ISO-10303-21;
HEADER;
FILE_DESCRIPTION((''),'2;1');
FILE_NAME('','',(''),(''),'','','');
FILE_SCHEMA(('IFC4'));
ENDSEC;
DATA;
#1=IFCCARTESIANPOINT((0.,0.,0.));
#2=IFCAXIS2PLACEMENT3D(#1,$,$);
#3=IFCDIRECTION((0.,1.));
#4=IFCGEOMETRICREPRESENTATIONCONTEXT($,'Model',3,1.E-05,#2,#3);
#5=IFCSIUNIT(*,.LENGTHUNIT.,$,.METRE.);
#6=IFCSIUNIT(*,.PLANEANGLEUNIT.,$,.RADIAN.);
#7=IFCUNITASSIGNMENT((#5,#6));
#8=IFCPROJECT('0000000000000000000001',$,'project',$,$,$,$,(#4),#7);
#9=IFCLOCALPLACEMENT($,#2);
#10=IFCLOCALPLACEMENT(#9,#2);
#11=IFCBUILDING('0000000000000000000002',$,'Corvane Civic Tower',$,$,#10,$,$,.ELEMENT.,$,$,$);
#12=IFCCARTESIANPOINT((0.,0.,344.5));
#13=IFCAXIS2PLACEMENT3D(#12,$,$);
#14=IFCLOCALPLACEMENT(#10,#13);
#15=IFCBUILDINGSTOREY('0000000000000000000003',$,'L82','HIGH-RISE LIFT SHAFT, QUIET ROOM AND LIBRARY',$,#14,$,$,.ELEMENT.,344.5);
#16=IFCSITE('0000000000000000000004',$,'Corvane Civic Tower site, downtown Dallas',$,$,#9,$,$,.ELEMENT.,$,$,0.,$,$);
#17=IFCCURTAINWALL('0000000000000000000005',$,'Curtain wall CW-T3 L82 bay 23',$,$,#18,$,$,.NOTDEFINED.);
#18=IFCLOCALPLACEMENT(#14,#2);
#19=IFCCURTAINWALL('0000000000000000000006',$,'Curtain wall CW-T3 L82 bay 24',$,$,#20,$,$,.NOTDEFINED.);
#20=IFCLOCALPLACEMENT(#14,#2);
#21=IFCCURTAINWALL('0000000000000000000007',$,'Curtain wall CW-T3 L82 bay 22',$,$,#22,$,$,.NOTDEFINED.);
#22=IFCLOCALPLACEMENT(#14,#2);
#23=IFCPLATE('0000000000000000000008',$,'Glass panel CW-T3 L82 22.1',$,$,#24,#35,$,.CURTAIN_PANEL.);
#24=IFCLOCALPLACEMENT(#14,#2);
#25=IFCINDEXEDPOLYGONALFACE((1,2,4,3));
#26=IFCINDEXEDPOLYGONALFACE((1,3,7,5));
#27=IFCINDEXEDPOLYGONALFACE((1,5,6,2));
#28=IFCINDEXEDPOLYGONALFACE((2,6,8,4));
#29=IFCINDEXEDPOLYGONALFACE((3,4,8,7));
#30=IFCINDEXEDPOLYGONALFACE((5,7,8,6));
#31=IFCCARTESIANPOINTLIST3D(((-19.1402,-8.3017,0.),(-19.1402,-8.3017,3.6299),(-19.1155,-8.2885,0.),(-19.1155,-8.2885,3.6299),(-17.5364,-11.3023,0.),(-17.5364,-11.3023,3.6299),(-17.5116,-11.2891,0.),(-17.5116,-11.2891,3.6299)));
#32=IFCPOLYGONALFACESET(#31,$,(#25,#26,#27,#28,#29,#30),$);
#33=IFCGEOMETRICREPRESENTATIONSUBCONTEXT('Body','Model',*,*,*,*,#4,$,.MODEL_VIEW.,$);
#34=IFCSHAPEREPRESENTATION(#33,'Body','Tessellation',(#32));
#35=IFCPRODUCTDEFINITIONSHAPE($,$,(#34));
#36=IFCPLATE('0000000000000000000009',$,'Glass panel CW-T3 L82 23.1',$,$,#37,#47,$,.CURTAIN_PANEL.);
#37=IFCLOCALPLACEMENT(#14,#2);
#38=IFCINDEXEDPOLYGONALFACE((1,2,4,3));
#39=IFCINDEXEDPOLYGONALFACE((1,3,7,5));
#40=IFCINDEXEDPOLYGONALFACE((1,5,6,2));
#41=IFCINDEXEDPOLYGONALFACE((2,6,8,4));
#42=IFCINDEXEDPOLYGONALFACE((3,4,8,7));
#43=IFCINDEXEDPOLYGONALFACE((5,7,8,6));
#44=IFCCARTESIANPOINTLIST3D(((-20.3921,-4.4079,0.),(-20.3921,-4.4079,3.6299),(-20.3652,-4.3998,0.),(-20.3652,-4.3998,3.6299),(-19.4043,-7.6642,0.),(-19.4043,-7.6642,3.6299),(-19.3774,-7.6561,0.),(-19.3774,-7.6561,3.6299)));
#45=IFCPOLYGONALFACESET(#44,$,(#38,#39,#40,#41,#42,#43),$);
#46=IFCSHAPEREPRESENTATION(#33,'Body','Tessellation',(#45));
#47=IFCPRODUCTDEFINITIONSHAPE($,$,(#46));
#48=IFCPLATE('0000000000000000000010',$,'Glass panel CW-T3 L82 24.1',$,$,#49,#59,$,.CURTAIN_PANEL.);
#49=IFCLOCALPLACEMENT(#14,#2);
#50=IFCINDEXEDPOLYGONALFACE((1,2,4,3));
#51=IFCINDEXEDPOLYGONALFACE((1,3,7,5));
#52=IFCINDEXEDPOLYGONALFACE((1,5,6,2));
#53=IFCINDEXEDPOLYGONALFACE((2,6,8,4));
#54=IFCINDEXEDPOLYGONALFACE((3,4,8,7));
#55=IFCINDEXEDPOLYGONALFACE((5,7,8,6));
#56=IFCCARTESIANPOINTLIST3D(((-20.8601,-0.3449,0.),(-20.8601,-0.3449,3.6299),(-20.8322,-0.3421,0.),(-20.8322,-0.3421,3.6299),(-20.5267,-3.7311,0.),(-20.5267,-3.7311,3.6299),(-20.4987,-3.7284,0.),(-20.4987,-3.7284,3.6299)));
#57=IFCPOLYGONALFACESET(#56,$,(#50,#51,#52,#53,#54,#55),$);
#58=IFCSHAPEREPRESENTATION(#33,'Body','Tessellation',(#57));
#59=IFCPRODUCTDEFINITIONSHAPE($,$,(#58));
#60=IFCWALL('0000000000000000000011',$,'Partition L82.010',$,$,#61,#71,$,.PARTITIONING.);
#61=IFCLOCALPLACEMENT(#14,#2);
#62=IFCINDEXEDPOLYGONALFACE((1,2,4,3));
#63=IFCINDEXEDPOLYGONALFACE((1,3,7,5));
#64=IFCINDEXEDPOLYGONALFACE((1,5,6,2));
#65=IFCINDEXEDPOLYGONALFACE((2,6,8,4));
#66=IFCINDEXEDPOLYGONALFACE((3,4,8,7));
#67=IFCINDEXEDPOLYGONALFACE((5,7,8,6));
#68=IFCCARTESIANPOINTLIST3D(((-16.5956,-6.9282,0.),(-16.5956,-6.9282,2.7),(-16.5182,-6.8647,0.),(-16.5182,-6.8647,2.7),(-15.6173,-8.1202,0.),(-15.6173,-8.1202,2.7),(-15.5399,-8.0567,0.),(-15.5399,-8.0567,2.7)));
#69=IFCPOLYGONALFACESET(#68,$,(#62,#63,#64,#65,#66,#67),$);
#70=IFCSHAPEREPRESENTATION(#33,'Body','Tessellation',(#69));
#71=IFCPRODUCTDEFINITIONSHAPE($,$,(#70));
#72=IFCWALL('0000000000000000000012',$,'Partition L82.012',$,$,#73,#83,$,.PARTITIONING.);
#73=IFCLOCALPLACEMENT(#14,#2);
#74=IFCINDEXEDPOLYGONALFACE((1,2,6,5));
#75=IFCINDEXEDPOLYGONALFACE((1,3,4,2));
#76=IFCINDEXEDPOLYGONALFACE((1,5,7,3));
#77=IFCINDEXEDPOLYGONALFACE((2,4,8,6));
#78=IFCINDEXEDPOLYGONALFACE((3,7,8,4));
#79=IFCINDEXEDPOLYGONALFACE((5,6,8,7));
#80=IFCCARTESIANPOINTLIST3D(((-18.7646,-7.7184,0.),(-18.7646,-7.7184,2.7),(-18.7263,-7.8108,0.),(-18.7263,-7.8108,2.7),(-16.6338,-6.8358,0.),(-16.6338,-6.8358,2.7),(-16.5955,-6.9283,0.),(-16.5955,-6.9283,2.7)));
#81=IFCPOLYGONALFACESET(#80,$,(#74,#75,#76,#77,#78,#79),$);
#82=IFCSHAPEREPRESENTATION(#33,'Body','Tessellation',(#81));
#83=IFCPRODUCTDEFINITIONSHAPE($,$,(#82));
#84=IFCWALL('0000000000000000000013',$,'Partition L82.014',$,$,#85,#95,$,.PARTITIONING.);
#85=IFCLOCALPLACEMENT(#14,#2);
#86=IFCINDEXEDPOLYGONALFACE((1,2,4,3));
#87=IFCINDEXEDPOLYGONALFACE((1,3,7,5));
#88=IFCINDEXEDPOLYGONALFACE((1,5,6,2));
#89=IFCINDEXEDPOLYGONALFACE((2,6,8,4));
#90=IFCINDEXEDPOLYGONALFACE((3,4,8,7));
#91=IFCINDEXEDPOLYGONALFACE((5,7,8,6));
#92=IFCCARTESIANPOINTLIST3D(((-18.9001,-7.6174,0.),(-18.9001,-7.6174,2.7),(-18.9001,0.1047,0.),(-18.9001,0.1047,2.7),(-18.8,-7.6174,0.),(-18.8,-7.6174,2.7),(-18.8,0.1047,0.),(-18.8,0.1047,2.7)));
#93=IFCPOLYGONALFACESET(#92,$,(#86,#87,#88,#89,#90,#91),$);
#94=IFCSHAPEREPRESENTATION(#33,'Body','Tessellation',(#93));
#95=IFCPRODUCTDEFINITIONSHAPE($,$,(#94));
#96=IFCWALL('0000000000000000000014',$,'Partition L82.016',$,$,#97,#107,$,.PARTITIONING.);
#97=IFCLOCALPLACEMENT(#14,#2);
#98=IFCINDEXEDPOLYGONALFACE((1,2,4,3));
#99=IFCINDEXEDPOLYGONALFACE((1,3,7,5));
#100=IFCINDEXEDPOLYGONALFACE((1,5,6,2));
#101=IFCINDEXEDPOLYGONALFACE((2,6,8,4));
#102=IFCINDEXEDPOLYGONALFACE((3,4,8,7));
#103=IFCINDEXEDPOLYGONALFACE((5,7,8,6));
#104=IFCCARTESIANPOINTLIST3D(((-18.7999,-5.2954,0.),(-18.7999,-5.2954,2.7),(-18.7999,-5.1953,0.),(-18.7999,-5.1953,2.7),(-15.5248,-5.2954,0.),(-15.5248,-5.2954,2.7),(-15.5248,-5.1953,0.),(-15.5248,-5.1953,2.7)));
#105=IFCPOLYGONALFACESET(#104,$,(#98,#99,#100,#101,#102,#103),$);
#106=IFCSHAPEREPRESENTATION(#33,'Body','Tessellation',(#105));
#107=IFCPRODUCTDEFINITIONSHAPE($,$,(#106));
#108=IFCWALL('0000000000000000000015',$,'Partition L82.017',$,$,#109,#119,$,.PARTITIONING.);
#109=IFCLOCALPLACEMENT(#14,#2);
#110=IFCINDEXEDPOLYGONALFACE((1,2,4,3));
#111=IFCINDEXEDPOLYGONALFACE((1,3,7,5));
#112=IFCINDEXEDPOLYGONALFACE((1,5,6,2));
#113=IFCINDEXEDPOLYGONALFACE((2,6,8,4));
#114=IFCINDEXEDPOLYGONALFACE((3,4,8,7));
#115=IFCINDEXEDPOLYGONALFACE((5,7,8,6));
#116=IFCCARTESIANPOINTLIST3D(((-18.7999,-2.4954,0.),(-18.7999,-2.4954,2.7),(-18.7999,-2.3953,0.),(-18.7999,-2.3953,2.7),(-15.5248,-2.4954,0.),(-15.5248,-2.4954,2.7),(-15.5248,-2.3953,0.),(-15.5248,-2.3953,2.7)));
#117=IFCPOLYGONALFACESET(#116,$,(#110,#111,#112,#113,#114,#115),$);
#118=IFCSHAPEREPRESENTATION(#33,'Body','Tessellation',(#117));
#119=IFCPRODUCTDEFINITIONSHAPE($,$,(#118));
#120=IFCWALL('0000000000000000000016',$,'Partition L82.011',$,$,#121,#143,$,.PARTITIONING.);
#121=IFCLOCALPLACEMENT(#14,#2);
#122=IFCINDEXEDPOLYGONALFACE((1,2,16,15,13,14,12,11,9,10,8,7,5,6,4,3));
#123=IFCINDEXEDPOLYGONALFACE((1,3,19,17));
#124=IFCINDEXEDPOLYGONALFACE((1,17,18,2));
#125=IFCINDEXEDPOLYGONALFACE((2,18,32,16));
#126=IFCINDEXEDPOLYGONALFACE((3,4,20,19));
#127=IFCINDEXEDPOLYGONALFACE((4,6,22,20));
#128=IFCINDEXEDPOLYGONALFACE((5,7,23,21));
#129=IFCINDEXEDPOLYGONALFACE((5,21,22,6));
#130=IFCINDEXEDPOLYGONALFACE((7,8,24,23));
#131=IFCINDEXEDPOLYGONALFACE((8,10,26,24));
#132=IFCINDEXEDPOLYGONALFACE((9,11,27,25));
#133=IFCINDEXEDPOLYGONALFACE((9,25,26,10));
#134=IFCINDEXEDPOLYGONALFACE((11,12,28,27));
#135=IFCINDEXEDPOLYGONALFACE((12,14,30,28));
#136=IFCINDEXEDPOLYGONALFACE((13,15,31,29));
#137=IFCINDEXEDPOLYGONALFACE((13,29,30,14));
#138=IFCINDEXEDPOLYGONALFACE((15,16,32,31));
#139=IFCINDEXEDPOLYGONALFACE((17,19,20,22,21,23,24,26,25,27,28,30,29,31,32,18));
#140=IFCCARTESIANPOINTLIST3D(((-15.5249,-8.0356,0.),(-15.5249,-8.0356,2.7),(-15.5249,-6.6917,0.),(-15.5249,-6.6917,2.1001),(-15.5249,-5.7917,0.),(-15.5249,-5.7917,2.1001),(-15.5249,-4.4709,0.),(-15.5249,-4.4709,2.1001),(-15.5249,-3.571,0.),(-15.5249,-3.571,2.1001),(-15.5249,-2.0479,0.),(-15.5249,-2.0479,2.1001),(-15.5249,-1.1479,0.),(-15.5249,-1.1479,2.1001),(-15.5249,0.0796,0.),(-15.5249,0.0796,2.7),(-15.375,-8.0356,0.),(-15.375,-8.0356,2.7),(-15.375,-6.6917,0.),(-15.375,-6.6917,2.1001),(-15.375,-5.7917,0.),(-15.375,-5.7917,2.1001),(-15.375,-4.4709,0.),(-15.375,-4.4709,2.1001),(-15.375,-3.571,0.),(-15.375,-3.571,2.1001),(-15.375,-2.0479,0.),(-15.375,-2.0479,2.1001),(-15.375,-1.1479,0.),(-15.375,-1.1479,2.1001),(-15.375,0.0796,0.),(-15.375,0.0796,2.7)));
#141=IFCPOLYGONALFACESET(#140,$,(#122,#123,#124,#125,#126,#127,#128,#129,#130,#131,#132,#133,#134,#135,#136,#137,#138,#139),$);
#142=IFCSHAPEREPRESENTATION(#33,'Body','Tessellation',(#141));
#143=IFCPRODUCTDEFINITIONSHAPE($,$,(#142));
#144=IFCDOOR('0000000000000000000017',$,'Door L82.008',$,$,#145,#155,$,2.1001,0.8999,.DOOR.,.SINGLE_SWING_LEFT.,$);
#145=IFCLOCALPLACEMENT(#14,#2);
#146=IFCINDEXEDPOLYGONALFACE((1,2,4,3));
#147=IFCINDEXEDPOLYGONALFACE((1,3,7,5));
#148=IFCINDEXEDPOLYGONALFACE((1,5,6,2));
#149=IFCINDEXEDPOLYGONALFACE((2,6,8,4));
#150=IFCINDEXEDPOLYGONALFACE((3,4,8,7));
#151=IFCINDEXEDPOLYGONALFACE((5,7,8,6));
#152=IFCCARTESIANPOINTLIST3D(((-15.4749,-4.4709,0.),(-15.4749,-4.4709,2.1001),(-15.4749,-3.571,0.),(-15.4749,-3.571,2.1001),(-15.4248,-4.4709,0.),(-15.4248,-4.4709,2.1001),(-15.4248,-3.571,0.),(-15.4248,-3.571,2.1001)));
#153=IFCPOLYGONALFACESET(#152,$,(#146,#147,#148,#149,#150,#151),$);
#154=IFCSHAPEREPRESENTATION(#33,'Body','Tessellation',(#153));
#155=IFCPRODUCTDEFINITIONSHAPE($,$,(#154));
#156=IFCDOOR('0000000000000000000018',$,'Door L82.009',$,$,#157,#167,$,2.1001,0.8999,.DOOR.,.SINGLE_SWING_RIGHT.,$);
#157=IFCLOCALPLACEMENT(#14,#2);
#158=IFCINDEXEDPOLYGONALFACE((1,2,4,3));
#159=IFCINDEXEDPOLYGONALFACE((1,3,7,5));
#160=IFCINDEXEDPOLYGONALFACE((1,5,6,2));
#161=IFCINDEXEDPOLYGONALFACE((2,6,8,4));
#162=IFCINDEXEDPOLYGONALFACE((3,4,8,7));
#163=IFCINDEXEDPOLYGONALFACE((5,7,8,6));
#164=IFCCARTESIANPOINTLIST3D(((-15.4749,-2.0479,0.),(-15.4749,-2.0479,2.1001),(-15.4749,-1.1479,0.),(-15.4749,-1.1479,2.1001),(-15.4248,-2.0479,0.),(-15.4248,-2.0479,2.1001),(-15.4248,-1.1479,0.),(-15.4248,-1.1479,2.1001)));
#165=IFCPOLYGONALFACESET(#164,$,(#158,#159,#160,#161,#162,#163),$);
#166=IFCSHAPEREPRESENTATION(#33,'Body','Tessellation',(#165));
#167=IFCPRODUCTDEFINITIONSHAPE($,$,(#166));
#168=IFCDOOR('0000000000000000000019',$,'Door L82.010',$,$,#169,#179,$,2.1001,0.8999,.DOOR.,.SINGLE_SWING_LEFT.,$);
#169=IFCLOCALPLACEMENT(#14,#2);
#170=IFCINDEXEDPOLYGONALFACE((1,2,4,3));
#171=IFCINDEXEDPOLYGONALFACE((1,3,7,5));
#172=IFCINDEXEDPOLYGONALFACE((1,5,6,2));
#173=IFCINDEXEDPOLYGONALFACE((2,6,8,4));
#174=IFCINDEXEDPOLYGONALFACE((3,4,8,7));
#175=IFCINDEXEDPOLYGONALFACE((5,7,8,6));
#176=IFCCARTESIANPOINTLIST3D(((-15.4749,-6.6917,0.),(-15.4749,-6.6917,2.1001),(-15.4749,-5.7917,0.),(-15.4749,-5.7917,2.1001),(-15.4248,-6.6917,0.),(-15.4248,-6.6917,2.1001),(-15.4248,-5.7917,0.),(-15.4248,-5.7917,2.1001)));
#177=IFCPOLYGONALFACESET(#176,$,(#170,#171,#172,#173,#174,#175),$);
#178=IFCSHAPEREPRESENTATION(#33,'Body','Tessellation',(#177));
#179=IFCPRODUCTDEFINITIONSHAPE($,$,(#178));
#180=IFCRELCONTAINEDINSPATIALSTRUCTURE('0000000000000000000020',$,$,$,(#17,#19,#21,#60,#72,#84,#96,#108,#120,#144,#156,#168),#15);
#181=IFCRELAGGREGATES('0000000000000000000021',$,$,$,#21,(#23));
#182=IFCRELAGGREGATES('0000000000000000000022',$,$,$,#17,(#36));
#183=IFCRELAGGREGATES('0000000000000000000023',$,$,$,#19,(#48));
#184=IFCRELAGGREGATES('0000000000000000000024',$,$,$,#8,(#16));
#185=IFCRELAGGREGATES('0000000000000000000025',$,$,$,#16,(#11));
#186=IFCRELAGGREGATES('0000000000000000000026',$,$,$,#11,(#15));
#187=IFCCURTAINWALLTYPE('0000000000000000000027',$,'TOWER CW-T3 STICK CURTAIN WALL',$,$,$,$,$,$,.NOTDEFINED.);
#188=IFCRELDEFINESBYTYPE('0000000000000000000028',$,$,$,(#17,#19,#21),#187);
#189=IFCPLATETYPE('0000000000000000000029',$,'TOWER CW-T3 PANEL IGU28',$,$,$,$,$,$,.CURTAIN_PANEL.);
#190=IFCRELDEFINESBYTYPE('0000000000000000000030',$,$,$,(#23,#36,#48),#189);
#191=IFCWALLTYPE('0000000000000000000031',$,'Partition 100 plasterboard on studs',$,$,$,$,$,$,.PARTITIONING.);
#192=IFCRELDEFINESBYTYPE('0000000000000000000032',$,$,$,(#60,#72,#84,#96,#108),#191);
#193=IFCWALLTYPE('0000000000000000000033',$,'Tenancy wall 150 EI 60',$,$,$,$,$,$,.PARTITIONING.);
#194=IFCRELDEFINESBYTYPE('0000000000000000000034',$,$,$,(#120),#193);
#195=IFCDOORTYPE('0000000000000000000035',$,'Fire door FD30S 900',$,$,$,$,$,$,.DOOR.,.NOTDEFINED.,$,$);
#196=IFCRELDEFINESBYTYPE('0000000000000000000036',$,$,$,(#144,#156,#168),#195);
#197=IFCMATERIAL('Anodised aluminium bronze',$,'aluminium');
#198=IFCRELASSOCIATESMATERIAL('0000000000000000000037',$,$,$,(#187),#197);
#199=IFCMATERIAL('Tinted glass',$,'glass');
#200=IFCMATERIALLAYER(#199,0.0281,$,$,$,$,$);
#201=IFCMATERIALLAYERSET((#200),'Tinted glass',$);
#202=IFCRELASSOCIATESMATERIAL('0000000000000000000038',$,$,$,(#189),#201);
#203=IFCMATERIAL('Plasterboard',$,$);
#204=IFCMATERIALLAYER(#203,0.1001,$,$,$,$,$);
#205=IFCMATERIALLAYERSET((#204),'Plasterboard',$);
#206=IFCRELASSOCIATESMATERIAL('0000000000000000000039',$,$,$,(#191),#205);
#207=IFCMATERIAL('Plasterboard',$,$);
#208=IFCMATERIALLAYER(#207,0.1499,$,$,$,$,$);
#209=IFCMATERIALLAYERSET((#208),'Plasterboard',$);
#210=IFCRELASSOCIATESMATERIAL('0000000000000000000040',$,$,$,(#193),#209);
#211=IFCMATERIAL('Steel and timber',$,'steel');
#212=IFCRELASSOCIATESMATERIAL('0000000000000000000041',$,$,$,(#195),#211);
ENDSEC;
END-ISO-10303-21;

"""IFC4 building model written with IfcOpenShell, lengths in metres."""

from ifc_helpers import new_model, si_unit, direction, frame, frame_2d, origin, origin_2d, place, context, subcontext, project, spatial, rectangle, extrude, material, layer, layer_set, type_object, element, fill, aggregate, save


model = new_model("IFC4")

# Units and contexts
model_context = context("Model", 3, precision=1e-05, world=origin(), true_north=direction((0.0, 1.0)))
body_context = subcontext(model_context, "Body", "Model", "MODEL_VIEW")
ifc_project = project(units=[si_unit("LENGTHUNIT", "METRE"), si_unit("PLANEANGLEUNIT", "RADIAN")], contexts=[model_context])

# Site, building, storey
site_placement = place(None, origin())
site = spatial("IfcSite", under=ifc_project, at=site_placement, Name="Corvane Civic Tower site, downtown Dallas", CompositionType="ELEMENT", RefElevation=0.0)
building_placement = place(site_placement, origin())
building = spatial("IfcBuilding", under=site, at=building_placement, Name="Corvane Civic Tower", CompositionType="ELEMENT")
storey_placement = place(building_placement, frame((0.0, 0.0, 344.5)))
storey = spatial("IfcBuildingStorey", under=building, at=storey_placement, Name="L82", Description="HIGH-RISE LIFT SHAFT, QUIET ROOM AND LIBRARY", CompositionType="ELEMENT", Elevation=344.5)

# Curtain walls
ifc_material_1 = material(Name="Anodised aluminium bronze", Category="aluminium")
curtain_wall_type = type_object("IfcCurtainWallType", Name="TOWER CW-T3 STICK CURTAIN WALL", PredefinedType="NOTDEFINED", material=ifc_material_1)
curtain_wall_1_placement = place(storey_placement, origin())
curtain_wall_1 = element("IfcCurtainWall", 1, at=curtain_wall_1_placement, inside=storey, type_object=curtain_wall_type, Name="Curtain wall CW-T3 L82 bay 23", PredefinedType="NOTDEFINED")
curtain_wall_2_placement = place(storey_placement, origin())
curtain_wall_2 = element("IfcCurtainWall", 2, at=curtain_wall_2_placement, inside=storey, type_object=curtain_wall_type, Name="Curtain wall CW-T3 L82 bay 24", PredefinedType="NOTDEFINED")

# Curtain wall, plate
curtain_wall_3_placement = place(storey_placement, origin())
curtain_wall_3 = element("IfcCurtainWall", 3, at=curtain_wall_3_placement, inside=storey, type_object=curtain_wall_type, Name="Curtain wall CW-T3 L82 bay 22", PredefinedType="NOTDEFINED")
ifc_material_2 = material(Name="Tinted glass", Category="glass")
ifc_layer_1 = layer(ifc_material_2, 0.0281)
ifc_layer_set_1 = layer_set([ifc_layer_1], Name="Tinted glass")
plate_type = type_object("IfcPlateType", Name="TOWER CW-T3 PANEL IGU28", PredefinedType="CURTAIN_PANEL", material=ifc_layer_set_1)
plate_1_placement = place(storey_placement, frame((-18.3259, -9.7954, 0.0), z_axis=(0.0, 0.0, 1.0), x_axis=(-0.471384, 0.881928, 0.0)))
plate_1 = element("IfcPlate", 4, at=plate_1_placement, type_object=plate_type, Name="Glass panel CW-T3 L82 22.1", PredefinedType="CURTAIN_PANEL", context=body_context, shape_type="SweptSolid", body=[
    extrude(rectangle(XDim=3.4023, YDim=0.0281, at=origin_2d()), origin(), (0.0, 0.0, 1.0), 3.6299),
])
aggregate(curtain_wall_3, [plate_1])

# Plates
plate_2_placement = place(storey_placement, frame((-19.8848, -6.032, 0.0), z_axis=(0.0, 0.0, 1.0), x_axis=(-0.29029, 0.956939, 0.0)))
plate_2 = element("IfcPlate", 5, at=plate_2_placement, type_object=plate_type, Name="Glass panel CW-T3 L82 23.1", PredefinedType="CURTAIN_PANEL", context=body_context, shape_type="SweptSolid", body=[
    extrude(rectangle(XDim=3.4028, YDim=0.0281, at=origin_2d()), origin(), (0.0, 0.0, 1.0), 3.6299),
])
aggregate(curtain_wall_1, [plate_2])
plate_3_placement = place(storey_placement, frame((-20.6794, -2.0366, 0.0), z_axis=(0.0, 0.0, 1.0), x_axis=(-0.097998, 0.995187, 0.0)))
plate_3 = element("IfcPlate", 6, at=plate_3_placement, type_object=plate_type, Name="Glass panel CW-T3 L82 24.1", PredefinedType="CURTAIN_PANEL", context=body_context, shape_type="SweptSolid", body=[
    extrude(rectangle(XDim=3.4026, YDim=0.0281, at=origin_2d()), origin(), (0.0, 0.0, 1.0), 3.6299),
])
aggregate(curtain_wall_2, [plate_3])

# Walls
ifc_material_3 = material(Name="Plasterboard")
ifc_layer_2 = layer(ifc_material_3, 0.1001)
ifc_layer_set_2 = layer_set([ifc_layer_2], Name="Plasterboard")
wall_type_1 = type_object("IfcWallType", Name="Partition 100 plasterboard on studs", PredefinedType="PARTITIONING", material=ifc_layer_set_2)
wall_1_placement = place(storey_placement, frame((-16.5569, -6.8965, 0.0), z_axis=(0.0, 0.0, 1.0), x_axis=(0.634435, -0.772976, 0.0)))
element("IfcWall", 7, at=wall_1_placement, inside=storey, type_object=wall_type_1, Name="Partition L82.010", PredefinedType="PARTITIONING", context=body_context, shape_type="SweptSolid", body=[
    extrude(rectangle(XDim=1.542, YDim=0.1001, at=frame_2d((0.771, 0.0))), origin(), (0.0, 0.0, 1.0), 2.7),
])
wall_2_placement = place(storey_placement, frame((-18.7456, -7.7646, 0.0), z_axis=(0.0, 0.0, 1.0), x_axis=(0.923889, 0.38266, 0.0)))
element("IfcWall", 8, at=wall_2_placement, inside=storey, type_object=wall_type_1, Name="Partition L82.012", PredefinedType="PARTITIONING", context=body_context, shape_type="SweptSolid", body=[
    extrude(rectangle(XDim=2.3064, YDim=0.1001, at=frame_2d((1.1533, 0.0))), origin(), (0.0, 0.0, 1.0), 2.7),
])
wall_3_placement = place(storey_placement, frame((-18.8501, -7.6174, 0.0), z_axis=(0.0, 0.0, 1.0), x_axis=(0.0, 1.0, 0.0)))
element("IfcWall", 9, at=wall_3_placement, inside=storey, type_object=wall_type_1, Name="Partition L82.014", PredefinedType="PARTITIONING", context=body_context, shape_type="SweptSolid", body=[
    extrude(rectangle(XDim=7.7222, YDim=0.1001, at=frame_2d((3.8611, 0.0))), origin(), (0.0, 0.0, 1.0), 2.7),
])
for number, where, z_axis, x_axis, name in (
    (10, (-18.8, -5.2454, 0.0), (0.0, 0.0, 1.0), (1.0, 0.0, 0.0), "Partition L82.016"),
    (11, (-18.8, -2.4453, 0.0), (0.0, 0.0, 1.0), (1.0, 0.0, 0.0), "Partition L82.017"),
):
    element("IfcWall", number, at=place(storey_placement, frame(where, z_axis=z_axis, x_axis=x_axis)), inside=storey, type_object=wall_type_1, Name=name, PredefinedType="PARTITIONING", context=body_context, shape_type="SweptSolid", body=[
        extrude(rectangle(XDim=3.2751, YDim=0.1001, at=frame_2d((1.6377, 0.0))), origin(), (0.0, 0.0, 1.0), 2.7),
    ])

# Wall, openings, doors
ifc_material_4 = material(Name="Plasterboard")
ifc_layer_3 = layer(ifc_material_4, 0.1499)
ifc_layer_set_3 = layer_set([ifc_layer_3], Name="Plasterboard")
wall_type_2 = type_object("IfcWallType", Name="Tenancy wall 150 EI 60", PredefinedType="PARTITIONING", material=ifc_layer_set_3)
wall_4_placement = place(storey_placement, frame((-15.45, -8.0356, 0.0), z_axis=(0.0, 0.0, 1.0), x_axis=(0.0, 1.0, 0.0)))
wall_4 = element("IfcWall", 12, at=wall_4_placement, inside=storey, type_object=wall_type_2, Name="Partition L82.011", PredefinedType="PARTITIONING", context=body_context, shape_type="SweptSolid", body=[
    extrude(rectangle(XDim=8.1152, YDim=0.1499, at=frame_2d((4.0576, 0.0))), origin(), (0.0, 0.0, 1.0), 2.7),
])
opening_1_placement = place(wall_4_placement, frame((3.5647, 0.0, 0.0)))
opening_1 = element("IfcOpeningElement", 13, at=opening_1_placement, cuts=wall_4, PredefinedType="OPENING", context=body_context, shape_type="SweptSolid", body=[
    extrude(rectangle(XDim=0.8999, YDim=2.1001, at=frame_2d((0.45, 1.05))), frame((0.0, 0.085, 0.0), z_axis=(0.0, -1.0, 0.0), x_axis=(1.0, 0.0, 0.0)), (0.0, 0.0, 1.0), 0.1699),
])
opening_2_placement = place(wall_4_placement, frame((5.9878, 0.0, 0.0)))
opening_2 = element("IfcOpeningElement", 14, at=opening_2_placement, cuts=wall_4, PredefinedType="OPENING", context=body_context, shape_type="SweptSolid", body=[
    extrude(rectangle(XDim=0.8999, YDim=2.1001, at=frame_2d((0.45, 1.05))), frame((0.0, 0.085, 0.0), z_axis=(0.0, -1.0, 0.0), x_axis=(1.0, 0.0, 0.0)), (0.0, 0.0, 1.0), 0.1699),
])
opening_3_placement = place(wall_4_placement, frame((1.344, 0.0, 0.0)))
opening_3 = element("IfcOpeningElement", 15, at=opening_3_placement, cuts=wall_4, PredefinedType="OPENING", context=body_context, shape_type="SweptSolid", body=[
    extrude(rectangle(XDim=0.8999, YDim=2.1001, at=frame_2d((0.45, 1.05))), frame((0.0, 0.085, 0.0), z_axis=(0.0, -1.0, 0.0), x_axis=(1.0, 0.0, 0.0)), (0.0, 0.0, 1.0), 0.1699),
])
ifc_material_5 = material(Name="Steel and timber", Category="steel")
door_type = type_object("IfcDoorType", Name="Fire door FD30S 900", OperationType="NOTDEFINED", PredefinedType="DOOR", material=ifc_material_5)
door_1_placement = place(opening_1_placement, origin())
door_1 = element("IfcDoor", 16, at=door_1_placement, inside=storey, type_object=door_type, Name="Door L82.008", OperationType="SINGLE_SWING_LEFT", OverallHeight=2.1001, OverallWidth=0.8999, PredefinedType="DOOR", context=body_context, shape_type="SweptSolid", body=[
    extrude(rectangle(XDim=0.8999, YDim=2.1001, at=frame_2d((0.45, 1.05))), frame((0.0, 0.0249, 0.0), z_axis=(0.0, -1.0, 0.0), x_axis=(1.0, 0.0, 0.0)), (0.0, 0.0, 1.0), 0.05),
])
fill(opening_1, door_1)
door_2_placement = place(opening_2_placement, origin())
door_2 = element("IfcDoor", 17, at=door_2_placement, inside=storey, type_object=door_type, Name="Door L82.009", OperationType="SINGLE_SWING_RIGHT", OverallHeight=2.1001, OverallWidth=0.8999, PredefinedType="DOOR", context=body_context, shape_type="SweptSolid", body=[
    extrude(rectangle(XDim=0.8999, YDim=2.1001, at=frame_2d((0.45, 1.05))), frame((0.0, 0.0249, 0.0), z_axis=(0.0, -1.0, 0.0), x_axis=(1.0, 0.0, 0.0)), (0.0, 0.0, 1.0), 0.05),
])
fill(opening_2, door_2)
door_3_placement = place(opening_3_placement, origin())
door_3 = element("IfcDoor", 18, at=door_3_placement, inside=storey, type_object=door_type, Name="Door L82.010", OperationType="SINGLE_SWING_LEFT", OverallHeight=2.1001, OverallWidth=0.8999, PredefinedType="DOOR", context=body_context, shape_type="SweptSolid", body=[
    extrude(rectangle(XDim=0.8999, YDim=2.1001, at=frame_2d((0.45, 1.05))), frame((0.0, 0.0249, 0.0), z_axis=(0.0, -1.0, 0.0), x_axis=(1.0, 0.0, 0.0)), (0.0, 0.0, 1.0), 0.05),
])
fill(opening_3, door_3)

save(model, "model.ifc")
